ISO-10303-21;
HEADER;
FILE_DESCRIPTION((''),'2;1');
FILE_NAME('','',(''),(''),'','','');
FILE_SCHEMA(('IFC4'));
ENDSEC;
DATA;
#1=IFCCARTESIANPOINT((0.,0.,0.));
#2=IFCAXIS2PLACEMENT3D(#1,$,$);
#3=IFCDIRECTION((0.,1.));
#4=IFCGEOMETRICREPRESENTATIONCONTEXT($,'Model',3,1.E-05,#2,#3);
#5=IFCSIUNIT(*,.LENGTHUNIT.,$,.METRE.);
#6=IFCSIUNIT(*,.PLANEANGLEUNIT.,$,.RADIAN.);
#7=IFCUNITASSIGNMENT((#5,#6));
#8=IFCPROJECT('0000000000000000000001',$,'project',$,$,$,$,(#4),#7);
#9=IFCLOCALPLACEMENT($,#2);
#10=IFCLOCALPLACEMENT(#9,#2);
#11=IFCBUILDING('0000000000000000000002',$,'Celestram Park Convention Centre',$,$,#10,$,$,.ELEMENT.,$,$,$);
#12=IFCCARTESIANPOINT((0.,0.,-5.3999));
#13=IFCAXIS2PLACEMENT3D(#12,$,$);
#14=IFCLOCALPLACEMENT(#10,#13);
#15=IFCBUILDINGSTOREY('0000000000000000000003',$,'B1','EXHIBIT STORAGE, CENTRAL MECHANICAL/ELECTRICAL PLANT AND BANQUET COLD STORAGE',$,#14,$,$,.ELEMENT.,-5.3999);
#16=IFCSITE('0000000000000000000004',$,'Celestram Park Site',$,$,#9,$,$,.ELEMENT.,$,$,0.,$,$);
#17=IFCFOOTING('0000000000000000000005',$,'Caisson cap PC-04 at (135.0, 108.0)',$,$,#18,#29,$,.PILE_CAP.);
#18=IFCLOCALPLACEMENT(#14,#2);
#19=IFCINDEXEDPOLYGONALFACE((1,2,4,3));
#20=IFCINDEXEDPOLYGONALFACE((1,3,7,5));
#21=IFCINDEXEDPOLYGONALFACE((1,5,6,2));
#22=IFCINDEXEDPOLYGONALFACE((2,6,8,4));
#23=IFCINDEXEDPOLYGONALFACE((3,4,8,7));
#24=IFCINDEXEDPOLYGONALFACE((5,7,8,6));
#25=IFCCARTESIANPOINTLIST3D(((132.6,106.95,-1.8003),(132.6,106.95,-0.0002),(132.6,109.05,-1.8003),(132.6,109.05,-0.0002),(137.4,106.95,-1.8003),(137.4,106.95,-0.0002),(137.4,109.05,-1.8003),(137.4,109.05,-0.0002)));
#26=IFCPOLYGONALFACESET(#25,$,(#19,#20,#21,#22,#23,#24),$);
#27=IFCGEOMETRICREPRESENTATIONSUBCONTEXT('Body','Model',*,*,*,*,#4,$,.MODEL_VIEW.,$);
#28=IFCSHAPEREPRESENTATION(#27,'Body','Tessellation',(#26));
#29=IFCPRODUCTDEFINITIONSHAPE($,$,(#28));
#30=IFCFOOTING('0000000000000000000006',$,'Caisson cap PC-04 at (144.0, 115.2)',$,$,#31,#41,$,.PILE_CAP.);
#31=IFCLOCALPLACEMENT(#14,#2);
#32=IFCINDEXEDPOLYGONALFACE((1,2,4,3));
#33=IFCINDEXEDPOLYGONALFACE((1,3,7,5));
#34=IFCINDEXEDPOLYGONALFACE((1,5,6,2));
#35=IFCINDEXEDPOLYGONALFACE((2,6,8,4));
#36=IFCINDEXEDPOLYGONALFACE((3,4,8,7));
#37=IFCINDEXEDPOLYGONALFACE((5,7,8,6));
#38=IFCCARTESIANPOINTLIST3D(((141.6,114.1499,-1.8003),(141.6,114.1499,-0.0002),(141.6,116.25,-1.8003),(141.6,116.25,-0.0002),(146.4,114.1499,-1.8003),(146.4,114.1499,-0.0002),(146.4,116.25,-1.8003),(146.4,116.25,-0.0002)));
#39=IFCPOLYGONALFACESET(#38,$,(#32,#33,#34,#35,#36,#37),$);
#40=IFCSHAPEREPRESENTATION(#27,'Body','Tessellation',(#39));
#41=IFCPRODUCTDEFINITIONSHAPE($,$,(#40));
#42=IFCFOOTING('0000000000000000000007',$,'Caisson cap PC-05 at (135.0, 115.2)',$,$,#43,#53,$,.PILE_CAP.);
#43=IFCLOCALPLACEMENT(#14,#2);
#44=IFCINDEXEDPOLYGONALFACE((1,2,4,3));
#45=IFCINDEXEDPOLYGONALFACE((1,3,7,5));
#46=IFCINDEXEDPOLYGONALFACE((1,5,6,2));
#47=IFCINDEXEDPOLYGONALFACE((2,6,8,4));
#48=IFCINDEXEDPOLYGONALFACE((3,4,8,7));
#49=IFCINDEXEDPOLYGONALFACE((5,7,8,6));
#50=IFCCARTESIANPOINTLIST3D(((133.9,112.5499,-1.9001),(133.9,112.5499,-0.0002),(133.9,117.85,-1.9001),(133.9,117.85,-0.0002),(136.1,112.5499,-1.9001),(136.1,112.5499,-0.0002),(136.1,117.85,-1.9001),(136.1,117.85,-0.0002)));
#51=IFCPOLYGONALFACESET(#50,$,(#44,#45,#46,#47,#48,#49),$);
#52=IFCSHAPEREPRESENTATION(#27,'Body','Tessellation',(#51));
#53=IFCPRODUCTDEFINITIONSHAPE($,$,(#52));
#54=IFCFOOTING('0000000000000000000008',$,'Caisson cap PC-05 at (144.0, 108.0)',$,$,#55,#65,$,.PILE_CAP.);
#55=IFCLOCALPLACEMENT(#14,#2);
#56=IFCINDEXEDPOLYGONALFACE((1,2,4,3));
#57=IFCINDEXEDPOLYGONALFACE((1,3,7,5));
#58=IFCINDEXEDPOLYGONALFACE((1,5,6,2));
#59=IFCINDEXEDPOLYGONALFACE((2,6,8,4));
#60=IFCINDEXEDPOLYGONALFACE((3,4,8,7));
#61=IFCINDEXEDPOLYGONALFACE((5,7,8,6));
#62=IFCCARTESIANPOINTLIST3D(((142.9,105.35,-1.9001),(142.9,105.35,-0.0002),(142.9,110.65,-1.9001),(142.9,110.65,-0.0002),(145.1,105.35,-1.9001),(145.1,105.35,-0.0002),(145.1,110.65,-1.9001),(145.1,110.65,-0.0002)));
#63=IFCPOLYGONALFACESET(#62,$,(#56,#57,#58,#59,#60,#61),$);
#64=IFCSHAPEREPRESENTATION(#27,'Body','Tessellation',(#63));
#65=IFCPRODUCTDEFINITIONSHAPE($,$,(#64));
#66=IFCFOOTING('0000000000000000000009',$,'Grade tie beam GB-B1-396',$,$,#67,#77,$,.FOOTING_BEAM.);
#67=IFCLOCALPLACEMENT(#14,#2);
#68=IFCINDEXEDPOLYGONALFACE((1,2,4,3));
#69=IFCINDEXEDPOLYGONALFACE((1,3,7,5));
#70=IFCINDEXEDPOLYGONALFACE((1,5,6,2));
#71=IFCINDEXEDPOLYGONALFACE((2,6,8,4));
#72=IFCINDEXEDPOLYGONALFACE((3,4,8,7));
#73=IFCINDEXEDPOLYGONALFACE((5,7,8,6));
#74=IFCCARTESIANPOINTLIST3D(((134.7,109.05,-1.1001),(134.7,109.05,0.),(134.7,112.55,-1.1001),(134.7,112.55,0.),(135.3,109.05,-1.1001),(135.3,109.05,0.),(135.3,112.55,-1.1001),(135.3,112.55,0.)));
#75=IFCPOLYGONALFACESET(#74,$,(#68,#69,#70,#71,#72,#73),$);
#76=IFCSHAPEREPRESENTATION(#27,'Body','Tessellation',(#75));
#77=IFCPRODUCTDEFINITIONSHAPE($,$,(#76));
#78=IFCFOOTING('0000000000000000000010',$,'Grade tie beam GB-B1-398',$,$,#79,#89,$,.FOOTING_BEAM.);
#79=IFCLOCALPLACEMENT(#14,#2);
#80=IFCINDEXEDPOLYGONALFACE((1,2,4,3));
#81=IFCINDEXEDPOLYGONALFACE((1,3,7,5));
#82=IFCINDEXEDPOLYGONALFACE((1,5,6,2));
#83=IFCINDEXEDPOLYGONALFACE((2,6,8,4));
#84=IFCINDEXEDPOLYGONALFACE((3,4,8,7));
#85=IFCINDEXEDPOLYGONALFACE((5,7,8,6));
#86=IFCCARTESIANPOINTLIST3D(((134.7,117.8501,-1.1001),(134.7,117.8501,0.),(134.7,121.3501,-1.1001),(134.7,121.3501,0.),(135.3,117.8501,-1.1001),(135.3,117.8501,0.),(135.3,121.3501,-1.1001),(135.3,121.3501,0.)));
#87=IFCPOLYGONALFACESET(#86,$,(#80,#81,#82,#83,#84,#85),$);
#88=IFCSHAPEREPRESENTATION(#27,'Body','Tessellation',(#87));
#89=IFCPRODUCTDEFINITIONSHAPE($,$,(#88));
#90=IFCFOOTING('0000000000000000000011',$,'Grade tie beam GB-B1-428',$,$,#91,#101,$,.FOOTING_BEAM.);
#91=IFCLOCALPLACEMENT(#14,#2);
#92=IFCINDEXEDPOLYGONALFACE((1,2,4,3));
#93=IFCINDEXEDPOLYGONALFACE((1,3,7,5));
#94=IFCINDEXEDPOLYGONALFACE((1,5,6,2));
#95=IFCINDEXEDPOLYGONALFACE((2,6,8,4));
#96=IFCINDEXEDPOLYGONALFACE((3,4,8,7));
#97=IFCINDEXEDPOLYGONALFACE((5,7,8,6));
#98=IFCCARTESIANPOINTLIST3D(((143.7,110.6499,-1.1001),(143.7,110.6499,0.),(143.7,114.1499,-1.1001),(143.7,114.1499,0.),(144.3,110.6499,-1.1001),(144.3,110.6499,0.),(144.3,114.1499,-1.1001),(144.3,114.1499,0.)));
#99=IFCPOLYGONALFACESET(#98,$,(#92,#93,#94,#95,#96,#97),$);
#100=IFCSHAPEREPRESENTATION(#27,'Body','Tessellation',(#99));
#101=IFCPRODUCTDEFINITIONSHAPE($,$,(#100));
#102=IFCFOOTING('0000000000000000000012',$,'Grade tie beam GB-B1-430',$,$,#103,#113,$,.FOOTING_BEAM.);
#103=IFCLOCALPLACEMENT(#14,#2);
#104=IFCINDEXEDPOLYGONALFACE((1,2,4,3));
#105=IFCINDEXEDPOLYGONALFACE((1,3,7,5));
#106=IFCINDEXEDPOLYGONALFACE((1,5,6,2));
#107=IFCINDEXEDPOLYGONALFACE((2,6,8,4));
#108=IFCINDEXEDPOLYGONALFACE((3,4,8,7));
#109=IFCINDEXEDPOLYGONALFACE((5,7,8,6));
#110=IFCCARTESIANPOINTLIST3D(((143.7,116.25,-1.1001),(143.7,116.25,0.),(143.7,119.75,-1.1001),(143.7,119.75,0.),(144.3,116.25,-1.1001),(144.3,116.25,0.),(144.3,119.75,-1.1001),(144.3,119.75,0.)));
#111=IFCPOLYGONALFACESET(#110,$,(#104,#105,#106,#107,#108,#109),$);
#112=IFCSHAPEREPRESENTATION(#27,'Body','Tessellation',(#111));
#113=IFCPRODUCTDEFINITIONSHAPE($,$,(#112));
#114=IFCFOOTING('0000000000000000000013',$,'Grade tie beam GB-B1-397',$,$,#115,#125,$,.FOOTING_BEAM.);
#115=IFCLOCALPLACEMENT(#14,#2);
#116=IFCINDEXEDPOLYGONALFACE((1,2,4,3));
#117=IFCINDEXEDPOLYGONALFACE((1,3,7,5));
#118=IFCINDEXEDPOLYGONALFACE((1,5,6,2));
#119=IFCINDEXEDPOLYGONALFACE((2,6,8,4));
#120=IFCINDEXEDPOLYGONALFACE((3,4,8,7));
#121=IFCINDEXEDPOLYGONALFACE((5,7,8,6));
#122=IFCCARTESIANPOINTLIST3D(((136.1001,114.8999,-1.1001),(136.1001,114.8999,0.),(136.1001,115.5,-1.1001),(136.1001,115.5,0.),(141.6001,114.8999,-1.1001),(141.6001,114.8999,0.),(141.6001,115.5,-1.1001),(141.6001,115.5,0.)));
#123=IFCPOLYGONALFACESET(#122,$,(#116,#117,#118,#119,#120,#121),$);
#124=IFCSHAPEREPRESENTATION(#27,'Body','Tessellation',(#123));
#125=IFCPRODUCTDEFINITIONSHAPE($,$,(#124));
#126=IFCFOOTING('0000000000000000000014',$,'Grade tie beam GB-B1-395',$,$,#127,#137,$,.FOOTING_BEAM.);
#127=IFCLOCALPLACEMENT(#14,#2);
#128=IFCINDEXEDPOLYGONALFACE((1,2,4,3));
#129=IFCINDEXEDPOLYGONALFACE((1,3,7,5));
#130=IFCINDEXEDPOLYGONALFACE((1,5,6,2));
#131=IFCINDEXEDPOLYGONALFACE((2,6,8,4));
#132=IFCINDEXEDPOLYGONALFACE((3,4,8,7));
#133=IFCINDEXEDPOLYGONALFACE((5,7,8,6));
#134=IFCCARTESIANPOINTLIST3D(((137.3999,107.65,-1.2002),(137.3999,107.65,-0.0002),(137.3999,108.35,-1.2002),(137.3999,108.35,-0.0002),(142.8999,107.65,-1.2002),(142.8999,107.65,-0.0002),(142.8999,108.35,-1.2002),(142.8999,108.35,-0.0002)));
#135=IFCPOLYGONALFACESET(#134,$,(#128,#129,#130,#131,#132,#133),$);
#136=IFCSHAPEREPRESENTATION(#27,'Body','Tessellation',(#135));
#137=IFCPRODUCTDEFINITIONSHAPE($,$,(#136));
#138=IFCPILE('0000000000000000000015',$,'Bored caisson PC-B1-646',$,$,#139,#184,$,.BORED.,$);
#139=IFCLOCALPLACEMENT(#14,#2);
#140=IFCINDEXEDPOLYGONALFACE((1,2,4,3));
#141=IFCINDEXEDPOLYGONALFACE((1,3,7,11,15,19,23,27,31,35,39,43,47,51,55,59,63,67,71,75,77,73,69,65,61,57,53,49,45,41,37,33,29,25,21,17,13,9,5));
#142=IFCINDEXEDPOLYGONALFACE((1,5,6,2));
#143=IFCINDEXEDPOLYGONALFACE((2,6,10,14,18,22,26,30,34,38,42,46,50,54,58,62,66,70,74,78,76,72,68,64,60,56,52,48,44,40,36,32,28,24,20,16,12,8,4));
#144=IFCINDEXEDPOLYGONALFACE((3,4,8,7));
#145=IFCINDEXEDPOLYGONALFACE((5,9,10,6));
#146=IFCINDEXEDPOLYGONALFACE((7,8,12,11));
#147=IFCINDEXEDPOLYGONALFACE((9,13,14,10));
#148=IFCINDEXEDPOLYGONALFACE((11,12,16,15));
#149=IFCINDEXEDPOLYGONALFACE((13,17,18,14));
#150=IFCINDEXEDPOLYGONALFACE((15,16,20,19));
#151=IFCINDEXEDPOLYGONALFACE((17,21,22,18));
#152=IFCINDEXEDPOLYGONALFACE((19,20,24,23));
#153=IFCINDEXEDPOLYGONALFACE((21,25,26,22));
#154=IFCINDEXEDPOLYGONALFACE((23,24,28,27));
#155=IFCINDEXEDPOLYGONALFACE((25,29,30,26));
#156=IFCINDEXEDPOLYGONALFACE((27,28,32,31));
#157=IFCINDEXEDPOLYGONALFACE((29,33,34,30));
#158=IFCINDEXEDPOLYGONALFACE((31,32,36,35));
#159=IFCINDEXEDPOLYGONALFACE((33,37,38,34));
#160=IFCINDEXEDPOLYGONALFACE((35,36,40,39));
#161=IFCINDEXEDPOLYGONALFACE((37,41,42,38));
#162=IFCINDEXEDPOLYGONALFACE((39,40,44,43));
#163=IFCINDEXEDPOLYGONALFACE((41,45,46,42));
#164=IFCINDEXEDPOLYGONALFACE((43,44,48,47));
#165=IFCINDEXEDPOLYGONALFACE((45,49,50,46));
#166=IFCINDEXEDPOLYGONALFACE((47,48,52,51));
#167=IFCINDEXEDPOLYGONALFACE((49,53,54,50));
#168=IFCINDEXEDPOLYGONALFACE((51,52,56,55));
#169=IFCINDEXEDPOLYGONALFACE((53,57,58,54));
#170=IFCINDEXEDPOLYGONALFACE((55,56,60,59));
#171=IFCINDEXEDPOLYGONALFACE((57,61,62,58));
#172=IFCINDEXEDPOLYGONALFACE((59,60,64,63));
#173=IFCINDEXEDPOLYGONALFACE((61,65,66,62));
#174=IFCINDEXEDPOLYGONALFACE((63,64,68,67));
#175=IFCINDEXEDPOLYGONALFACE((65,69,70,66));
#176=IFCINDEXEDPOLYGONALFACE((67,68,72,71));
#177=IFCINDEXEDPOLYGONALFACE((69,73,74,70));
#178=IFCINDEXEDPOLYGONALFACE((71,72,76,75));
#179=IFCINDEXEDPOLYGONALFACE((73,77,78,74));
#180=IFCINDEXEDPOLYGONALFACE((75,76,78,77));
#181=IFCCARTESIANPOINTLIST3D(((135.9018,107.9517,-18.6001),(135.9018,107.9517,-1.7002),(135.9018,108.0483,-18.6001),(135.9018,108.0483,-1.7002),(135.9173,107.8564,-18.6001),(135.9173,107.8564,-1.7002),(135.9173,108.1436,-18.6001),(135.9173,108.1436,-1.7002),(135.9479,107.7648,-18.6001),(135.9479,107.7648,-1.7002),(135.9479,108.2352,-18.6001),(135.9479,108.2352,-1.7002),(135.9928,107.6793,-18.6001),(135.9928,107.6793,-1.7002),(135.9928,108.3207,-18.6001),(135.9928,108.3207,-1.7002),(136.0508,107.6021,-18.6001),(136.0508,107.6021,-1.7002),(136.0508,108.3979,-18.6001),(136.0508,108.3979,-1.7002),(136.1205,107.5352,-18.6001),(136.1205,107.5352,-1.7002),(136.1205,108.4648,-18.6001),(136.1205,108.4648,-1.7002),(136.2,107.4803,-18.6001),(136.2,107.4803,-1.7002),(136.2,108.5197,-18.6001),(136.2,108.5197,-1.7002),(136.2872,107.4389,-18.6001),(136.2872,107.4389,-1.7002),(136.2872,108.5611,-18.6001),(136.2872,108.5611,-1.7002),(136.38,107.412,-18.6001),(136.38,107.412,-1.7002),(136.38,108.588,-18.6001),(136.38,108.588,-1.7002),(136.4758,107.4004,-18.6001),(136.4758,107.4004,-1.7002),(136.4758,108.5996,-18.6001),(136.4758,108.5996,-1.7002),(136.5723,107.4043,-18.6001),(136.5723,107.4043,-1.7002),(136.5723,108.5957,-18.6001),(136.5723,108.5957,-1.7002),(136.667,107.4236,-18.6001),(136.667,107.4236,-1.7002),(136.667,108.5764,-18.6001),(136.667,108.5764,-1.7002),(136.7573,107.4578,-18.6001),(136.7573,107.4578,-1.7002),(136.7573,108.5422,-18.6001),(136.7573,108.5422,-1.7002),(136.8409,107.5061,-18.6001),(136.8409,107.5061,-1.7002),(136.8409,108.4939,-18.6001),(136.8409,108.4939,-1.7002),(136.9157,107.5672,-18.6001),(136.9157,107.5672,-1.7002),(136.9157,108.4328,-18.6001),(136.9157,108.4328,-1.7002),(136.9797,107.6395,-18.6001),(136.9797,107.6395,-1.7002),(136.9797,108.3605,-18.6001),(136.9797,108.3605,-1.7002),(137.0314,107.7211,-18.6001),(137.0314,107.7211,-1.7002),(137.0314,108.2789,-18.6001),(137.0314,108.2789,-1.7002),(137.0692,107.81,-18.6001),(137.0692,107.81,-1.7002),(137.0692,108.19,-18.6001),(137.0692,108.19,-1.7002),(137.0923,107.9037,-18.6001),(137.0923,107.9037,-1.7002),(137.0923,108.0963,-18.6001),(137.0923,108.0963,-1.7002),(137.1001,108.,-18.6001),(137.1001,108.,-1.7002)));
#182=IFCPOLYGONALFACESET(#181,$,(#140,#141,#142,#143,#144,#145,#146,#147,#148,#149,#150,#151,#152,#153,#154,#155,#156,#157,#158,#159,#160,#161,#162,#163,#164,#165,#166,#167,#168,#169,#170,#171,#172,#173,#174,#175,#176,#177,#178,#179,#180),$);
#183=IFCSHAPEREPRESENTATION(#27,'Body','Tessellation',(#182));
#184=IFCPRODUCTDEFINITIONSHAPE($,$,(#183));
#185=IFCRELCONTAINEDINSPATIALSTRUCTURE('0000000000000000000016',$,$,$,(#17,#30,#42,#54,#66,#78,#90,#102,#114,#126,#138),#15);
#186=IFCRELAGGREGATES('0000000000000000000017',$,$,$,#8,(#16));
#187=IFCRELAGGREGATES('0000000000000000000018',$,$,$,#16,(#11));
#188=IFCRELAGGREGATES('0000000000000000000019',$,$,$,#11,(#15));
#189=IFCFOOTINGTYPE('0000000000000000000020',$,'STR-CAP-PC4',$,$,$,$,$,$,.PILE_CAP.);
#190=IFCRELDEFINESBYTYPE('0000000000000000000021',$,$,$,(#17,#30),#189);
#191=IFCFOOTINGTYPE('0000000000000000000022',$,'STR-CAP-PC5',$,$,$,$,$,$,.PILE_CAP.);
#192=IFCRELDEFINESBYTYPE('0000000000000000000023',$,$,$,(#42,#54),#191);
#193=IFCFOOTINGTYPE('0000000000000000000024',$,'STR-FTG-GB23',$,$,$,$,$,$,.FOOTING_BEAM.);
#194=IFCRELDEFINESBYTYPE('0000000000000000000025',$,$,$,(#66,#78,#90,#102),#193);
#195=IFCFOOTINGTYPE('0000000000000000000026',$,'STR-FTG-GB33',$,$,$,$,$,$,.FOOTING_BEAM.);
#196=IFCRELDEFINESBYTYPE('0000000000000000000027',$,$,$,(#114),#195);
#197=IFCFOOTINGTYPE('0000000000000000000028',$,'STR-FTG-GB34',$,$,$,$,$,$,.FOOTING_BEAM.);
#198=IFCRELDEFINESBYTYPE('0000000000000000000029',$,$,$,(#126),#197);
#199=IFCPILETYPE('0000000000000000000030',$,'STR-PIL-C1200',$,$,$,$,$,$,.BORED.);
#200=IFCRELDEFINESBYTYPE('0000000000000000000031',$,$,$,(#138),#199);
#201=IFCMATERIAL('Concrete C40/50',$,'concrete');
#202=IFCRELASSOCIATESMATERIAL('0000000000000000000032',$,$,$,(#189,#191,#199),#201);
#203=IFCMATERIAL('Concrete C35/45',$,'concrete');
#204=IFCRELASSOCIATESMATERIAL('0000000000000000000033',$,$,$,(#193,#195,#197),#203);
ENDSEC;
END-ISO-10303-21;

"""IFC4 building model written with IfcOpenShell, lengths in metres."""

from ifc_helpers import new_model, si_unit, direction, frame, origin, origin_2d, place, context, subcontext, project, spatial, rectangle, circle, extrude, material, material_profile, profile_set, type_object, element, save


model = new_model("IFC4")

# Units and contexts
model_context = context("Model", 3, precision=1e-05, world=origin(), true_north=direction((0.0, 1.0)))
body_context = subcontext(model_context, "Body", "Model", "MODEL_VIEW")
ifc_project = project(units=[si_unit("LENGTHUNIT", "METRE"), si_unit("PLANEANGLEUNIT", "RADIAN")], contexts=[model_context])

# Site, building, storey
site_placement = place(None, origin())
site = spatial("IfcSite", under=ifc_project, at=site_placement, Name="Celestram Park Site", CompositionType="ELEMENT", RefElevation=0.0)
building_placement = place(site_placement, origin())
building = spatial("IfcBuilding", under=site, at=building_placement, Name="Celestram Park Convention Centre", CompositionType="ELEMENT")
storey_placement = place(building_placement, frame((0.0, 0.0, -5.3999)))
storey = spatial("IfcBuildingStorey", under=building, at=storey_placement, Name="B1", Description="EXHIBIT STORAGE, CENTRAL MECHANICAL/ELECTRICAL PLANT AND BANQUET COLD STORAGE", CompositionType="ELEMENT", Elevation=-5.3999)

# Footings
ifc_material_1 = material(Name="Concrete C40/50", Category="concrete")
footing_type_1 = type_object("IfcFootingType", Name="STR-CAP-PC4", PredefinedType="PILE_CAP", material=ifc_material_1)
for number, where, z_axis, x_axis, name in (
    (1, (135.0, 108.0, -1.8003), (0.0, 0.0, 1.0), (1.0, 0.0, 0.0), "Caisson cap PC-04 at (135.0, 108.0)"),
    (2, (144.0, 115.2, -1.8003), (0.0, 0.0, 1.0), (1.0, 0.0, 0.0), "Caisson cap PC-04 at (144.0, 115.2)"),
):
    element("IfcFooting", number, at=place(storey_placement, frame(where, z_axis=z_axis, x_axis=x_axis)), inside=storey, type_object=footing_type_1, Name=name, PredefinedType="PILE_CAP", context=body_context, shape_type="SweptSolid", body=[
        extrude(rectangle(XDim=4.8, YDim=2.1001, at=origin_2d()), origin(), (0.0, 0.0, 1.0), 1.8),
    ])
footing_type_2 = type_object("IfcFootingType", Name="STR-CAP-PC5", PredefinedType="PILE_CAP", material=ifc_material_1)
for number, where, z_axis, x_axis, name in (
    (3, (135.0, 115.2, -1.9001), (0.0, 0.0, 1.0), (1.0, 0.0, 0.0), "Caisson cap PC-05 at (135.0, 115.2)"),
    (4, (144.0, 108.0, -1.9001), (0.0, 0.0, 1.0), (1.0, 0.0, 0.0), "Caisson cap PC-05 at (144.0, 108.0)"),
):
    element("IfcFooting", number, at=place(storey_placement, frame(where, z_axis=z_axis, x_axis=x_axis)), inside=storey, type_object=footing_type_2, Name=name, PredefinedType="PILE_CAP", context=body_context, shape_type="SweptSolid", body=[
        extrude(rectangle(XDim=2.2, YDim=5.3, at=origin_2d()), origin(), (0.0, 0.0, 1.0), 1.8999),
    ])
ifc_material_2 = material(Name="Concrete C35/45", Category="concrete")
footing_type_3 = type_object("IfcFootingType", Name="STR-FTG-GB23", PredefinedType="FOOTING_BEAM", material=ifc_material_2)
for number, where, z_axis, x_axis, name in (
    (5, (135.0, 110.8, -1.1001), (0.0, 0.0, 1.0), (0.0, 1.0, 0.0), "Grade tie beam GB-B1-396"),
    (6, (135.0, 119.6001, -1.1001), (0.0, 0.0, 1.0), (0.0, 1.0, 0.0), "Grade tie beam GB-B1-398"),
    (7, (144.0, 112.3999, -1.1001), (0.0, 0.0, 1.0), (0.0, 1.0, 0.0), "Grade tie beam GB-B1-428"),
    (8, (144.0, 118.0, -1.1001), (0.0, 0.0, 1.0), (0.0, 1.0, 0.0), "Grade tie beam GB-B1-430"),
):
    element("IfcFooting", number, at=place(storey_placement, frame(where, z_axis=z_axis, x_axis=x_axis)), inside=storey, type_object=footing_type_3, Name=name, PredefinedType="FOOTING_BEAM", context=body_context, shape_type="SweptSolid", body=[
        extrude(rectangle(XDim=3.5, YDim=0.6001, at=origin_2d()), origin(), (0.0, 0.0, 1.0), 1.1001),
    ])
footing_type_4 = type_object("IfcFootingType", Name="STR-FTG-GB33", PredefinedType="FOOTING_BEAM", material=ifc_material_2)
footing_1_placement = place(storey_placement, frame((138.8501, 115.2, -1.1001), z_axis=(0.0, 0.0, 1.0), x_axis=(1.0, 0.0, 0.0)))
element("IfcFooting", 9, at=footing_1_placement, inside=storey, type_object=footing_type_4, Name="Grade tie beam GB-B1-397", PredefinedType="FOOTING_BEAM", context=body_context, shape_type="SweptSolid", body=[
    extrude(rectangle(XDim=5.5, YDim=0.6001, at=origin_2d()), origin(), (0.0, 0.0, 1.0), 1.1001),
])
footing_type_5 = type_object("IfcFootingType", Name="STR-FTG-GB34", PredefinedType="FOOTING_BEAM", material=ifc_material_2)
footing_2_placement = place(storey_placement, frame((140.1499, 108.0, -1.2002), z_axis=(0.0, 0.0, 1.0), x_axis=(1.0, 0.0, 0.0)))
element("IfcFooting", 10, at=footing_2_placement, inside=storey, type_object=footing_type_5, Name="Grade tie beam GB-B1-395", PredefinedType="FOOTING_BEAM", context=body_context, shape_type="SweptSolid", body=[
    extrude(rectangle(XDim=5.5, YDim=0.7, at=origin_2d()), origin(), (0.0, 0.0, 1.0), 1.2),
])

# Pile
ifc_material_profile_1 = material_profile(ifc_material_1, circle(Radius=0.6001, at=origin_2d()), Name="CAISSON1200")
ifc_profile_set_1 = profile_set([ifc_material_profile_1], Name="Concrete C40/50")
pile_type_1 = type_object("IfcPileType", Name="STR-PIL-C1200", PredefinedType="BORED", material=ifc_profile_set_1)
for number, where, z_axis, x_axis, name in (
    (11, (136.5, 108.0, -1.7002), (0.0, 0.0, -1.0), (1.0, 0.0, 0.0), "Bored caisson PC-B1-646"),
):
    element("IfcPile", number, at=place(storey_placement, frame(where, z_axis=z_axis, x_axis=x_axis)), inside=storey, type_object=pile_type_1, Name=name, PredefinedType="BORED", context=body_context, shape_type="SweptSolid", body=[
        extrude(circle(Radius=0.6001, at=origin_2d()), origin(), (0.0, 0.0, 1.0), 16.8999),
    ])

save(model, "model.ifc")
